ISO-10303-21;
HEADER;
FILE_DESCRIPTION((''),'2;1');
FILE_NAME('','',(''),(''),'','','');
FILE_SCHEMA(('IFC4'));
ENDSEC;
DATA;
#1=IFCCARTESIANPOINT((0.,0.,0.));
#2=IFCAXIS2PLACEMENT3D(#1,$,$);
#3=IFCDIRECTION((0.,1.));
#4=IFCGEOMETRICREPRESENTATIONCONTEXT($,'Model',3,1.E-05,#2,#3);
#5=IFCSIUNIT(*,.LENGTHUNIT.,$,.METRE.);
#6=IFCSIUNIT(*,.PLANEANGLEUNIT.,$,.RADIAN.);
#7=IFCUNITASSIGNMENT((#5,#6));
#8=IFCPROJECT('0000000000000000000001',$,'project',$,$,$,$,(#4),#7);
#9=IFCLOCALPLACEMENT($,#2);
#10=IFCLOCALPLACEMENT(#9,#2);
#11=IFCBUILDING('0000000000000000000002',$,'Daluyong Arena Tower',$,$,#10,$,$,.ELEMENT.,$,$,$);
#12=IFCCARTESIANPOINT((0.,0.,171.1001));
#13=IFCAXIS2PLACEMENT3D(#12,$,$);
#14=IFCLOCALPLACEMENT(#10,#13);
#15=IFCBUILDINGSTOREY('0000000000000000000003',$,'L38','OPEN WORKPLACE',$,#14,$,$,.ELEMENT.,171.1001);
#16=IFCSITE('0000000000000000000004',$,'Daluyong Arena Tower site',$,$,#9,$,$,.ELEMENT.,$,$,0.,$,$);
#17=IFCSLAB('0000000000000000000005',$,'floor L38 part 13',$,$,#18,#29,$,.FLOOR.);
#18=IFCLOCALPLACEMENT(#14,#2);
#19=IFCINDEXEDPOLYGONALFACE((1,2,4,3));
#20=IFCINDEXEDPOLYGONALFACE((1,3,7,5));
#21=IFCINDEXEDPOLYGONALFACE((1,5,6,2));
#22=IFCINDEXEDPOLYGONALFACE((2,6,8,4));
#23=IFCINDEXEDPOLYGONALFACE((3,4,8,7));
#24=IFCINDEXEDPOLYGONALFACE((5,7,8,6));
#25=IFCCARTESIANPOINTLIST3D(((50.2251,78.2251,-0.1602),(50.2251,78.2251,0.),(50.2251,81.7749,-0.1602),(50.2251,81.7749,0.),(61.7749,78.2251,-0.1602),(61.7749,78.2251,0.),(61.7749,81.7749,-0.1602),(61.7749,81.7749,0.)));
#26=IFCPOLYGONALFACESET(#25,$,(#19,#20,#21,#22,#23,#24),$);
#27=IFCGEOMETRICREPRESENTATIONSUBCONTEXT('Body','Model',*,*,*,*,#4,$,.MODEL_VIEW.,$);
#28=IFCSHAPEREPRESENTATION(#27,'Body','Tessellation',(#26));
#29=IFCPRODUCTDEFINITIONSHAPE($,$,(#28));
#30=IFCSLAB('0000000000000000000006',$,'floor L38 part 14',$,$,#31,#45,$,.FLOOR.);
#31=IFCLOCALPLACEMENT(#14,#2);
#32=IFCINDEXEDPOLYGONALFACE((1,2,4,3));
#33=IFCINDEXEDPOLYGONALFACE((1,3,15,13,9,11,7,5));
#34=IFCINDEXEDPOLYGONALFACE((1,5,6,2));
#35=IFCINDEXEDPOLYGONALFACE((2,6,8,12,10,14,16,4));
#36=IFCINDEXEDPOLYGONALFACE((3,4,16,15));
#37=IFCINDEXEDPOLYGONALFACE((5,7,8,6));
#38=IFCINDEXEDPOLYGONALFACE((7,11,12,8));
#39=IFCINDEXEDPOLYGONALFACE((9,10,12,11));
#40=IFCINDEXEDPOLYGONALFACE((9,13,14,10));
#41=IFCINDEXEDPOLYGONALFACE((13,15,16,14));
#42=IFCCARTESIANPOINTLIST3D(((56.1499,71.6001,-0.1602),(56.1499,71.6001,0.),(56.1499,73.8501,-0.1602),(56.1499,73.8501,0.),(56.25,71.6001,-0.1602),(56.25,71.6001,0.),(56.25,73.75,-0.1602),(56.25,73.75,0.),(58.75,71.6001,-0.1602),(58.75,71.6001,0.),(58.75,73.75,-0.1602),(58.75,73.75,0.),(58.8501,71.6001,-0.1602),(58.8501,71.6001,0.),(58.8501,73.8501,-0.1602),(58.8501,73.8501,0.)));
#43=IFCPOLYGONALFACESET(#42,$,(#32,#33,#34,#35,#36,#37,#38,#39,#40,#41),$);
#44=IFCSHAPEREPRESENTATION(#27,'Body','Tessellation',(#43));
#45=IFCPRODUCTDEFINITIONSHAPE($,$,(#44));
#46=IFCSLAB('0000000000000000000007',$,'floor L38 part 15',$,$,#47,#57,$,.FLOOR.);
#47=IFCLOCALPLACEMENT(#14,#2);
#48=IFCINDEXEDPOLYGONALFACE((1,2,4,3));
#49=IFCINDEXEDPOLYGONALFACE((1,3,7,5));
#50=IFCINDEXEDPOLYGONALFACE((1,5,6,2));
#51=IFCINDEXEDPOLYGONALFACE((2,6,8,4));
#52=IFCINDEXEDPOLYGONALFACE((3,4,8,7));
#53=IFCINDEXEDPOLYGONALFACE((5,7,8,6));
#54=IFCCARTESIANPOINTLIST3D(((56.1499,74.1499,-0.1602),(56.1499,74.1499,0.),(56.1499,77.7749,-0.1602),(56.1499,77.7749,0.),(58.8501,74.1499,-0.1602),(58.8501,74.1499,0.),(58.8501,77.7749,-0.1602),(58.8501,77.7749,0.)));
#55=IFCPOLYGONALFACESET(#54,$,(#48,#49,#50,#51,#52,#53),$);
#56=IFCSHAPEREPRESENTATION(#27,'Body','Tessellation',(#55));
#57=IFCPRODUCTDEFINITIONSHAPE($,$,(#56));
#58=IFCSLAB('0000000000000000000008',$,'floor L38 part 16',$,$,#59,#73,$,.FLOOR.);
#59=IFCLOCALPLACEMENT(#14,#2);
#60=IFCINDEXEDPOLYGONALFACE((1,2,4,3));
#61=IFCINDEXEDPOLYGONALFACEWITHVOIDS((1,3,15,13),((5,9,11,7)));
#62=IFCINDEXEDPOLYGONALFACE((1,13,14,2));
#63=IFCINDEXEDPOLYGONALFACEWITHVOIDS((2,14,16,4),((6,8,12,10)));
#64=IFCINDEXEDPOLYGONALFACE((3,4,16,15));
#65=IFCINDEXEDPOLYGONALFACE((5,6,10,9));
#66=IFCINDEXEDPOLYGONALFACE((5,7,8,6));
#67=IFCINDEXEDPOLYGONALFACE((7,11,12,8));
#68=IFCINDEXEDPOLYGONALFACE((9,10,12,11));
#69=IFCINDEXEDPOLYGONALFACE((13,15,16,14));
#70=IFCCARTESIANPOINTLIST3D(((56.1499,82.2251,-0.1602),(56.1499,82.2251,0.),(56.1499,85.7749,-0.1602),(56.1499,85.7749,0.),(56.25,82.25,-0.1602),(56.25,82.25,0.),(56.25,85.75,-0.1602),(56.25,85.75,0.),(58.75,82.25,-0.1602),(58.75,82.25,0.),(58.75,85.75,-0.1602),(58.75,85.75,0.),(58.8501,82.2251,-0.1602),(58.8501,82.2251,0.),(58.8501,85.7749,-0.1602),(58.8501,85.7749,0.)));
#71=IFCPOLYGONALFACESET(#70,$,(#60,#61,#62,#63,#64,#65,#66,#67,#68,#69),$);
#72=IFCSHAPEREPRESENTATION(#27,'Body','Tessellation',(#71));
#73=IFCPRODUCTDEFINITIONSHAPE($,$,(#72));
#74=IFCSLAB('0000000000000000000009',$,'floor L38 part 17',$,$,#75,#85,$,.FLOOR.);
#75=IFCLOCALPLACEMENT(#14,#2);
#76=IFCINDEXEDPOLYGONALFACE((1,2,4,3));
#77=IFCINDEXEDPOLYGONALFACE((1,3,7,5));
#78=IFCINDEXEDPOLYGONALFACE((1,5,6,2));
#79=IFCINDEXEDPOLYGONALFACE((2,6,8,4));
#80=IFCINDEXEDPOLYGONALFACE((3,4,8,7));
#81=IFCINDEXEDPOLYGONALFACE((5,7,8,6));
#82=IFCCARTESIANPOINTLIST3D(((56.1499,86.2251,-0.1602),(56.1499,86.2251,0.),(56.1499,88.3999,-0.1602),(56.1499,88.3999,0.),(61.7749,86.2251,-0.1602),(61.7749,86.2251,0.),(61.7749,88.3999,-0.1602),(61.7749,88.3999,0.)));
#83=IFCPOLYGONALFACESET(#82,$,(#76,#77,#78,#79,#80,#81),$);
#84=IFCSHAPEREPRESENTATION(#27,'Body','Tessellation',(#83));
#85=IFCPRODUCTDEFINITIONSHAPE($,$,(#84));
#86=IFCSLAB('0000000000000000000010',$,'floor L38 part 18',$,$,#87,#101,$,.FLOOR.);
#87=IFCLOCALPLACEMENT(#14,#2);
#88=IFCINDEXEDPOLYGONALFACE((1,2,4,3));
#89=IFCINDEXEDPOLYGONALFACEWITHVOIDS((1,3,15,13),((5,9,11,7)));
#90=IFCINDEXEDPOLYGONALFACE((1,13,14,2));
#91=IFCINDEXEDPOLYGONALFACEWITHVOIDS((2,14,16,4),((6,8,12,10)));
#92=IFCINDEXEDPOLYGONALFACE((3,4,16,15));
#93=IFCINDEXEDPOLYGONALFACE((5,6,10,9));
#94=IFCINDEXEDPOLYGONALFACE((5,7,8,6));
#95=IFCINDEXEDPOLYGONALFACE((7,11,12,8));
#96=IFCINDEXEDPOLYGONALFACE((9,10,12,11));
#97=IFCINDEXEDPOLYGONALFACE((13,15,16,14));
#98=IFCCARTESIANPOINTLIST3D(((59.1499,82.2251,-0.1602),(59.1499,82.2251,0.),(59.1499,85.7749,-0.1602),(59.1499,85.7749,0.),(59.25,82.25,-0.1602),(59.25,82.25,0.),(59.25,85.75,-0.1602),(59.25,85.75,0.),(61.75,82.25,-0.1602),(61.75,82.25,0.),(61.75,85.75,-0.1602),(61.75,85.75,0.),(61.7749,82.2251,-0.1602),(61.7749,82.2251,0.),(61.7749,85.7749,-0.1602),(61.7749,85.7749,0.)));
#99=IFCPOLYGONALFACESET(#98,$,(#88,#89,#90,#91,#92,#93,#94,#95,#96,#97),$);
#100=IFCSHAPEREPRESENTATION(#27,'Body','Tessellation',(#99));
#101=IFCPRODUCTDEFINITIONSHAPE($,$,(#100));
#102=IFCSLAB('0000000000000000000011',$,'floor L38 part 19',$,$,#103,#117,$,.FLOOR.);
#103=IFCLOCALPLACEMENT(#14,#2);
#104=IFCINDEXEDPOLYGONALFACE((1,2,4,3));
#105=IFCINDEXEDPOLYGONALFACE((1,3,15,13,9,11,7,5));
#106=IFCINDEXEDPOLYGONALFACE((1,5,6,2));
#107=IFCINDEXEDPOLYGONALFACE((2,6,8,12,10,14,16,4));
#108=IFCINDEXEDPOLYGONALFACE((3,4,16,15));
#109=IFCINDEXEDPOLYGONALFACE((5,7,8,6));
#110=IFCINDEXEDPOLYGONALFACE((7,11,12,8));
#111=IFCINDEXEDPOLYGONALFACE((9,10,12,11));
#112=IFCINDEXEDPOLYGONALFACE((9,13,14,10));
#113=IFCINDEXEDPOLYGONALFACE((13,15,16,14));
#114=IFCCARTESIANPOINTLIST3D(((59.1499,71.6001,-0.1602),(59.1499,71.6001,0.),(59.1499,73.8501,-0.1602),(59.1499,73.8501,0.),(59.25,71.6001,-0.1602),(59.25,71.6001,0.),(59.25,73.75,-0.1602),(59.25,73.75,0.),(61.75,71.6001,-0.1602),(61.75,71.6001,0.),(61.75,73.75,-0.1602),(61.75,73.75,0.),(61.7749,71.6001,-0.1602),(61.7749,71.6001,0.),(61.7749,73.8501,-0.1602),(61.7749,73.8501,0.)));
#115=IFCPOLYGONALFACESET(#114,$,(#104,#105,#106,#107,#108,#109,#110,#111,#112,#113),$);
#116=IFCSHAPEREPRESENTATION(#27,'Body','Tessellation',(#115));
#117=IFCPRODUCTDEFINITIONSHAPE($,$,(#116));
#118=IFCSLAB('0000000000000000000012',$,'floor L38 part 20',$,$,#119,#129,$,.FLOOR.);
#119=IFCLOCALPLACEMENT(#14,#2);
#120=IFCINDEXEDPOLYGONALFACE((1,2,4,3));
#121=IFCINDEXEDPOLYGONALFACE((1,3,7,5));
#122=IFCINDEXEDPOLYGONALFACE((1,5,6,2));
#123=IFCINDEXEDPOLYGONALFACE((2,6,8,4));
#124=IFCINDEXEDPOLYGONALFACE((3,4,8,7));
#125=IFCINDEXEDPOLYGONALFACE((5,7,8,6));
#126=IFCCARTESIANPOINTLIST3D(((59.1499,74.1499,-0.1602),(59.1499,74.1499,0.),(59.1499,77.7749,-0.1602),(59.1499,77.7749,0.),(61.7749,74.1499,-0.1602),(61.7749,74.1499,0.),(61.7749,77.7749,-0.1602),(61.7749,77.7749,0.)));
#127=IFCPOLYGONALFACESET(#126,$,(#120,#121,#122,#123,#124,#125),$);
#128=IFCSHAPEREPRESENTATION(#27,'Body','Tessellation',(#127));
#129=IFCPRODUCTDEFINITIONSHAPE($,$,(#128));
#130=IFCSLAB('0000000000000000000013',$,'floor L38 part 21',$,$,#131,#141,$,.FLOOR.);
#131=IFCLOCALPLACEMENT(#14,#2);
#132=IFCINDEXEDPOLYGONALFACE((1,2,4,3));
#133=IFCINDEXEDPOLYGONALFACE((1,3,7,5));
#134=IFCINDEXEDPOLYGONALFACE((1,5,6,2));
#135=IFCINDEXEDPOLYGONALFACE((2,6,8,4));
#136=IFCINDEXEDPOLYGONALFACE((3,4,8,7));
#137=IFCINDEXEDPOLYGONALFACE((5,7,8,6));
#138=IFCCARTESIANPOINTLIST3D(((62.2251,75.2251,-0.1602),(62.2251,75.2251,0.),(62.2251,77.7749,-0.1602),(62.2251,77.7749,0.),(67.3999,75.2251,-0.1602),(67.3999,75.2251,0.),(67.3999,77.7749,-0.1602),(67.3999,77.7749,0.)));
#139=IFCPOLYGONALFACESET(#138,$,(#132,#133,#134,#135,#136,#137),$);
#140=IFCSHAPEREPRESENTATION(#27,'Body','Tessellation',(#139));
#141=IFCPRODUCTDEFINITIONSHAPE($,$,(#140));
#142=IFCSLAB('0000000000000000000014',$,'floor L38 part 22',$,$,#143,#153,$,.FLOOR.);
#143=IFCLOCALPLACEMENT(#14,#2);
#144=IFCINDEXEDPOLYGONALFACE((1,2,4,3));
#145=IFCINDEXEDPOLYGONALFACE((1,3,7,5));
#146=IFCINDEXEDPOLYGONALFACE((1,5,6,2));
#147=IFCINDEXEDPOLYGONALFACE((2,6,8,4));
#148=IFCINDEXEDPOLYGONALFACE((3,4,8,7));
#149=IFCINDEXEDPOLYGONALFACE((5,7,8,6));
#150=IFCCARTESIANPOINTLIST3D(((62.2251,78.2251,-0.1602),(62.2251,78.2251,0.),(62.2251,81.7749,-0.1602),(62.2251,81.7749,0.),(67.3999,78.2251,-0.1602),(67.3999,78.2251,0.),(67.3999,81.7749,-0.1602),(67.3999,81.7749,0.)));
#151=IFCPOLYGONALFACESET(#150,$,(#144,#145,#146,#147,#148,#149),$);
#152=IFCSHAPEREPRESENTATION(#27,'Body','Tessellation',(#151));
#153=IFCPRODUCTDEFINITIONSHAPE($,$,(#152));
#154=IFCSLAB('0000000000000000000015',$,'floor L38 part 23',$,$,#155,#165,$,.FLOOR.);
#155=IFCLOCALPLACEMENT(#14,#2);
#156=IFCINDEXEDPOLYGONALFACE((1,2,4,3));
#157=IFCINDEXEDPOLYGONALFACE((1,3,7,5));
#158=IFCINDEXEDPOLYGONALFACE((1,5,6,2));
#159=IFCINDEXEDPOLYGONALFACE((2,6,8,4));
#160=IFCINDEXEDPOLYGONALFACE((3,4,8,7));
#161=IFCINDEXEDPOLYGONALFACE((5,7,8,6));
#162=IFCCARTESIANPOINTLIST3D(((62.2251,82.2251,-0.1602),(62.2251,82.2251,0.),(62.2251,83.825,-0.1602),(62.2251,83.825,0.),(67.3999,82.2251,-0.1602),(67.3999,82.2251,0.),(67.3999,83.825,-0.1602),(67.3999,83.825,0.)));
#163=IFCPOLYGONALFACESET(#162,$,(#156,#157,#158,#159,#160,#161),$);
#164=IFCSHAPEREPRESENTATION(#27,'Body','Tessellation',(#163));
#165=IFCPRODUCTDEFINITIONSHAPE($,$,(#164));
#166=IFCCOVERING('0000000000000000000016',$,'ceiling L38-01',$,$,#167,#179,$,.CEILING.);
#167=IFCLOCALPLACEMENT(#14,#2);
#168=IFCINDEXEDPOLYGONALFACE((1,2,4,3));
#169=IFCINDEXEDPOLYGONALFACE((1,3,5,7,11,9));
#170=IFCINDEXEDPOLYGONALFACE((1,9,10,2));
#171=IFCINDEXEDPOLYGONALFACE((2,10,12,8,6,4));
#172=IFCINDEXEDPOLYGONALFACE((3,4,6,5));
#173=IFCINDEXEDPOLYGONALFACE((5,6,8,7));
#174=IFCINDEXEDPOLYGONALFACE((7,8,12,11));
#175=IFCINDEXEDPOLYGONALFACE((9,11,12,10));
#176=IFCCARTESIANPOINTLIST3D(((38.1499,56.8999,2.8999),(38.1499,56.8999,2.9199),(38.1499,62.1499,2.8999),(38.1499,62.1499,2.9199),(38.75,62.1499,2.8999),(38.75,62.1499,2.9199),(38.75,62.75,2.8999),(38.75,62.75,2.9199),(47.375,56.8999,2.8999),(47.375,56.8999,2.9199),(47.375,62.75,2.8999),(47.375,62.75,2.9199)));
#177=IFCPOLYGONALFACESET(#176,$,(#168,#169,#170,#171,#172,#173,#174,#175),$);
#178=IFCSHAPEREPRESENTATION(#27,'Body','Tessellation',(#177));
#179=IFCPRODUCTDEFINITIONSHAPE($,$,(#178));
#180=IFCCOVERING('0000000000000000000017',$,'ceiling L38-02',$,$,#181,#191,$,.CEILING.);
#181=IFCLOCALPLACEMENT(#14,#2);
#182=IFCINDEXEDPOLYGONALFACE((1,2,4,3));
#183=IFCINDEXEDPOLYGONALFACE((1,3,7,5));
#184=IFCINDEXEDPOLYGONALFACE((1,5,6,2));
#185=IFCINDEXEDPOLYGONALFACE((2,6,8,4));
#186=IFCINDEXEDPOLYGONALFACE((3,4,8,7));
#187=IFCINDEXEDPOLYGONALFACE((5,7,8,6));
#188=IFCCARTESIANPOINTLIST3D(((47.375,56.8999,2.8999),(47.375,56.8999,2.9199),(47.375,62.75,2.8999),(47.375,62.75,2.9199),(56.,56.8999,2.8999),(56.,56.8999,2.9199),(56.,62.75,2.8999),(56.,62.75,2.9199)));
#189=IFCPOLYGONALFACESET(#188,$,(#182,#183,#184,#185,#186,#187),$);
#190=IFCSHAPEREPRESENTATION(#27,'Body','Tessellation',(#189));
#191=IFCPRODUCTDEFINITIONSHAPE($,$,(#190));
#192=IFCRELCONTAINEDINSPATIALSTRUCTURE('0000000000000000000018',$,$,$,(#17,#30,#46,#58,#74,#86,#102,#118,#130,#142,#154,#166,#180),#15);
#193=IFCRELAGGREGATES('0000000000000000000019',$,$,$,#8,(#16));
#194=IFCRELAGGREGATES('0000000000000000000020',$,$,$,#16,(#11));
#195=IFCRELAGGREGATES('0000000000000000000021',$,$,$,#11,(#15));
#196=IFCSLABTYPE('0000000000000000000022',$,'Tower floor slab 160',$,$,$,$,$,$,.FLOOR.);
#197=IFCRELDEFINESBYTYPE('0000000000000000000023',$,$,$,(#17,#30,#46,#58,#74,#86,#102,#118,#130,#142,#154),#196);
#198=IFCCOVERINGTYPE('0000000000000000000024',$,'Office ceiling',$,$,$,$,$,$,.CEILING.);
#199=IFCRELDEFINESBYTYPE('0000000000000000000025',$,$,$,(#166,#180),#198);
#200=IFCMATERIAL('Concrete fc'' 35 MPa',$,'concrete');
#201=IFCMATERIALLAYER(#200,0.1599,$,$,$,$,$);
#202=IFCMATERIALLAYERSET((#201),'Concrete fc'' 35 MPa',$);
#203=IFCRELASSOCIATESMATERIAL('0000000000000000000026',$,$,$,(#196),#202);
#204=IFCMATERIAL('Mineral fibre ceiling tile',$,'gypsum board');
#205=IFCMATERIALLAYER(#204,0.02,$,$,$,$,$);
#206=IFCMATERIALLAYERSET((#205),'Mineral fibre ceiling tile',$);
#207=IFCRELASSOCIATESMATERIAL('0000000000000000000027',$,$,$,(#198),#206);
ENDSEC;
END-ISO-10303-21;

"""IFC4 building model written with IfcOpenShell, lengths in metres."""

from ifc_helpers import new_model, si_unit, direction, frame, origin, place, context, subcontext, project, spatial, polyline, outline, extrude, material, layer, layer_set, type_object, element, save


model = new_model("IFC4")

# Units and contexts
model_context = context("Model", 3, precision=1e-05, world=origin(), true_north=direction((0.0, 1.0)))
body_context = subcontext(model_context, "Body", "Model", "MODEL_VIEW")
ifc_project = project(units=[si_unit("LENGTHUNIT", "METRE"), si_unit("PLANEANGLEUNIT", "RADIAN")], contexts=[model_context])

# Site, building, storey
site_placement = place(None, origin())
site = spatial("IfcSite", under=ifc_project, at=site_placement, Name="Daluyong Arena Tower site", CompositionType="ELEMENT", RefElevation=0.0)
building_placement = place(site_placement, origin())
building = spatial("IfcBuilding", under=site, at=building_placement, Name="Daluyong Arena Tower", CompositionType="ELEMENT")
storey_placement = place(building_placement, frame((0.0, 0.0, 171.1001)))
storey = spatial("IfcBuildingStorey", under=building, at=storey_placement, Name="L38", Description="OPEN WORKPLACE", CompositionType="ELEMENT", Elevation=171.1001)

# Slabs
ifc_material_1 = material(Name="Concrete fc' 35 MPa", Category="concrete")
ifc_layer_1 = layer(ifc_material_1, 0.1599)
ifc_layer_set_1 = layer_set([ifc_layer_1], Name="Concrete fc' 35 MPa")
slab_type = type_object("IfcSlabType", Name="Tower floor slab 160", PredefinedType="FLOOR", material=ifc_layer_set_1)
slab_1_placement = place(storey_placement, frame((0.0, 0.0, -0.1602)))
element("IfcSlab", 1, at=slab_1_placement, inside=storey, type_object=slab_type, Name="floor L38 part 13", PredefinedType="FLOOR", context=body_context, shape_type="SweptSolid", body=[
    extrude(outline(polyline([(61.7749, 78.2251), (61.7749, 81.7749), (50.2251, 81.7749), (50.2251, 78.2251), (61.7749, 78.2251)])), origin(), (0.0, 0.0, 1.0), 0.1602),
])
slab_2_placement = place(storey_placement, frame((0.0, 0.0, -0.1602)))
element("IfcSlab", 2, at=slab_2_placement, inside=storey, type_object=slab_type, Name="floor L38 part 14", PredefinedType="FLOOR", context=body_context, shape_type="SweptSolid", body=[
    extrude(outline(polyline([(58.8501, 71.6001), (58.8501, 73.8501), (56.1499, 73.8501), (56.1499, 71.6001), (56.25, 71.6001), (56.25, 73.75), (58.75, 73.75), (58.75, 71.6001), (58.8501, 71.6001)])), origin(), (0.0, 0.0, 1.0), 0.1602),
])
slab_3_placement = place(storey_placement, frame((0.0, 0.0, -0.1602)))
element("IfcSlab", 3, at=slab_3_placement, inside=storey, type_object=slab_type, Name="floor L38 part 15", PredefinedType="FLOOR", context=body_context, shape_type="SweptSolid", body=[
    extrude(outline(polyline([(58.8501, 77.7749), (56.1499, 77.7749), (56.1499, 74.1499), (58.8501, 74.1499), (58.8501, 77.7749)])), origin(), (0.0, 0.0, 1.0), 0.1602),
])
slab_4_placement = place(storey_placement, frame((0.0, 0.0, -0.1602)))
element("IfcSlab", 4, at=slab_4_placement, inside=storey, type_object=slab_type, Name="floor L38 part 16", PredefinedType="FLOOR", context=body_context, shape_type="SweptSolid", body=[
    extrude(outline(polyline([(58.8501, 85.7749), (56.1499, 85.7749), (56.1499, 82.2251), (58.8501, 82.2251), (58.8501, 85.7749)]), holes=[polyline([(56.25, 85.75), (58.75, 85.75), (58.75, 82.25), (56.25, 82.25), (56.25, 85.75)])]), origin(), (0.0, 0.0, 1.0), 0.1602),
])
slab_5_placement = place(storey_placement, frame((0.0, 0.0, -0.1602)))
element("IfcSlab", 5, at=slab_5_placement, inside=storey, type_object=slab_type, Name="floor L38 part 17", PredefinedType="FLOOR", context=body_context, shape_type="SweptSolid", body=[
    extrude(outline(polyline([(56.1499, 88.3999), (56.1499, 86.2251), (61.7749, 86.2251), (61.7749, 88.3999), (56.1499, 88.3999)])), origin(), (0.0, 0.0, 1.0), 0.1602),
])
slab_6_placement = place(storey_placement, frame((0.0, 0.0, -0.1602)))
element("IfcSlab", 6, at=slab_6_placement, inside=storey, type_object=slab_type, Name="floor L38 part 18", PredefinedType="FLOOR", context=body_context, shape_type="SweptSolid", body=[
    extrude(outline(polyline([(59.1499, 85.7749), (59.1499, 82.2251), (61.7749, 82.2251), (61.7749, 85.7749), (59.1499, 85.7749)]), holes=[polyline([(61.75, 85.75), (61.75, 82.25), (59.25, 82.25), (59.25, 85.75), (61.75, 85.75)])]), origin(), (0.0, 0.0, 1.0), 0.1602),
])
slab_7_placement = place(storey_placement, frame((0.0, 0.0, -0.1602)))
element("IfcSlab", 7, at=slab_7_placement, inside=storey, type_object=slab_type, Name="floor L38 part 19", PredefinedType="FLOOR", context=body_context, shape_type="SweptSolid", body=[
    extrude(outline(polyline([(61.7749, 71.6001), (61.7749, 73.8501), (59.1499, 73.8501), (59.1499, 71.6001), (59.25, 71.6001), (59.25, 73.75), (61.75, 73.75), (61.75, 71.6001), (61.7749, 71.6001)])), origin(), (0.0, 0.0, 1.0), 0.1602),
])
slab_8_placement = place(storey_placement, frame((0.0, 0.0, -0.1602)))
element("IfcSlab", 8, at=slab_8_placement, inside=storey, type_object=slab_type, Name="floor L38 part 20", PredefinedType="FLOOR", context=body_context, shape_type="SweptSolid", body=[
    extrude(outline(polyline([(59.1499, 77.7749), (59.1499, 74.1499), (61.7749, 74.1499), (61.7749, 77.7749), (59.1499, 77.7749)])), origin(), (0.0, 0.0, 1.0), 0.1602),
])
slab_9_placement = place(storey_placement, frame((0.0, 0.0, -0.1602)))
element("IfcSlab", 9, at=slab_9_placement, inside=storey, type_object=slab_type, Name="floor L38 part 21", PredefinedType="FLOOR", context=body_context, shape_type="SweptSolid", body=[
    extrude(outline(polyline([(62.2251, 75.2251), (67.3999, 75.2251), (67.3999, 77.7749), (62.2251, 77.7749), (62.2251, 75.2251)])), origin(), (0.0, 0.0, 1.0), 0.1602),
])
slab_10_placement = place(storey_placement, frame((0.0, 0.0, -0.1602)))
element("IfcSlab", 10, at=slab_10_placement, inside=storey, type_object=slab_type, Name="floor L38 part 22", PredefinedType="FLOOR", context=body_context, shape_type="SweptSolid", body=[
    extrude(outline(polyline([(62.2251, 78.2251), (67.3999, 78.2251), (67.3999, 81.7749), (62.2251, 81.7749), (62.2251, 78.2251)])), origin(), (0.0, 0.0, 1.0), 0.1602),
])
slab_11_placement = place(storey_placement, frame((0.0, 0.0, -0.1602)))
element("IfcSlab", 11, at=slab_11_placement, inside=storey, type_object=slab_type, Name="floor L38 part 23", PredefinedType="FLOOR", context=body_context, shape_type="SweptSolid", body=[
    extrude(outline(polyline([(62.2251, 82.2251), (67.3999, 82.2251), (67.3999, 83.825), (62.2251, 83.825), (62.2251, 82.2251)])), origin(), (0.0, 0.0, 1.0), 0.1602),
])

# Coverings
ifc_material_2 = material(Name="Mineral fibre ceiling tile", Category="gypsum board")
ifc_layer_2 = layer(ifc_material_2, 0.02)
ifc_layer_set_2 = layer_set([ifc_layer_2], Name="Mineral fibre ceiling tile")
covering_type = type_object("IfcCoveringType", Name="Office ceiling", PredefinedType="CEILING", material=ifc_layer_set_2)
covering_1_placement = place(storey_placement, frame((0.0, 0.0, 2.8999)))
element("IfcCovering", 12, at=covering_1_placement, inside=storey, type_object=covering_type, Name="ceiling L38-01", PredefinedType="CEILING", context=body_context, shape_type="SweptSolid", body=[
    extrude(outline(polyline([(38.1499, 62.1499), (38.1499, 56.8999), (47.375, 56.8999), (47.375, 62.75), (38.75, 62.75), (38.75, 62.1499), (38.1499, 62.1499)])), origin(), (0.0, 0.0, 1.0), 0.02),
])
covering_2_placement = place(storey_placement, frame((0.0, 0.0, 2.8999)))
element("IfcCovering", 13, at=covering_2_placement, inside=storey, type_object=covering_type, Name="ceiling L38-02", PredefinedType="CEILING", context=body_context, shape_type="SweptSolid", body=[
    extrude(outline(polyline([(47.375, 62.75), (47.375, 56.8999), (56.0, 56.8999), (56.0, 62.75), (47.375, 62.75)])), origin(), (0.0, 0.0, 1.0), 0.02),
])

save(model, "model.ifc")
